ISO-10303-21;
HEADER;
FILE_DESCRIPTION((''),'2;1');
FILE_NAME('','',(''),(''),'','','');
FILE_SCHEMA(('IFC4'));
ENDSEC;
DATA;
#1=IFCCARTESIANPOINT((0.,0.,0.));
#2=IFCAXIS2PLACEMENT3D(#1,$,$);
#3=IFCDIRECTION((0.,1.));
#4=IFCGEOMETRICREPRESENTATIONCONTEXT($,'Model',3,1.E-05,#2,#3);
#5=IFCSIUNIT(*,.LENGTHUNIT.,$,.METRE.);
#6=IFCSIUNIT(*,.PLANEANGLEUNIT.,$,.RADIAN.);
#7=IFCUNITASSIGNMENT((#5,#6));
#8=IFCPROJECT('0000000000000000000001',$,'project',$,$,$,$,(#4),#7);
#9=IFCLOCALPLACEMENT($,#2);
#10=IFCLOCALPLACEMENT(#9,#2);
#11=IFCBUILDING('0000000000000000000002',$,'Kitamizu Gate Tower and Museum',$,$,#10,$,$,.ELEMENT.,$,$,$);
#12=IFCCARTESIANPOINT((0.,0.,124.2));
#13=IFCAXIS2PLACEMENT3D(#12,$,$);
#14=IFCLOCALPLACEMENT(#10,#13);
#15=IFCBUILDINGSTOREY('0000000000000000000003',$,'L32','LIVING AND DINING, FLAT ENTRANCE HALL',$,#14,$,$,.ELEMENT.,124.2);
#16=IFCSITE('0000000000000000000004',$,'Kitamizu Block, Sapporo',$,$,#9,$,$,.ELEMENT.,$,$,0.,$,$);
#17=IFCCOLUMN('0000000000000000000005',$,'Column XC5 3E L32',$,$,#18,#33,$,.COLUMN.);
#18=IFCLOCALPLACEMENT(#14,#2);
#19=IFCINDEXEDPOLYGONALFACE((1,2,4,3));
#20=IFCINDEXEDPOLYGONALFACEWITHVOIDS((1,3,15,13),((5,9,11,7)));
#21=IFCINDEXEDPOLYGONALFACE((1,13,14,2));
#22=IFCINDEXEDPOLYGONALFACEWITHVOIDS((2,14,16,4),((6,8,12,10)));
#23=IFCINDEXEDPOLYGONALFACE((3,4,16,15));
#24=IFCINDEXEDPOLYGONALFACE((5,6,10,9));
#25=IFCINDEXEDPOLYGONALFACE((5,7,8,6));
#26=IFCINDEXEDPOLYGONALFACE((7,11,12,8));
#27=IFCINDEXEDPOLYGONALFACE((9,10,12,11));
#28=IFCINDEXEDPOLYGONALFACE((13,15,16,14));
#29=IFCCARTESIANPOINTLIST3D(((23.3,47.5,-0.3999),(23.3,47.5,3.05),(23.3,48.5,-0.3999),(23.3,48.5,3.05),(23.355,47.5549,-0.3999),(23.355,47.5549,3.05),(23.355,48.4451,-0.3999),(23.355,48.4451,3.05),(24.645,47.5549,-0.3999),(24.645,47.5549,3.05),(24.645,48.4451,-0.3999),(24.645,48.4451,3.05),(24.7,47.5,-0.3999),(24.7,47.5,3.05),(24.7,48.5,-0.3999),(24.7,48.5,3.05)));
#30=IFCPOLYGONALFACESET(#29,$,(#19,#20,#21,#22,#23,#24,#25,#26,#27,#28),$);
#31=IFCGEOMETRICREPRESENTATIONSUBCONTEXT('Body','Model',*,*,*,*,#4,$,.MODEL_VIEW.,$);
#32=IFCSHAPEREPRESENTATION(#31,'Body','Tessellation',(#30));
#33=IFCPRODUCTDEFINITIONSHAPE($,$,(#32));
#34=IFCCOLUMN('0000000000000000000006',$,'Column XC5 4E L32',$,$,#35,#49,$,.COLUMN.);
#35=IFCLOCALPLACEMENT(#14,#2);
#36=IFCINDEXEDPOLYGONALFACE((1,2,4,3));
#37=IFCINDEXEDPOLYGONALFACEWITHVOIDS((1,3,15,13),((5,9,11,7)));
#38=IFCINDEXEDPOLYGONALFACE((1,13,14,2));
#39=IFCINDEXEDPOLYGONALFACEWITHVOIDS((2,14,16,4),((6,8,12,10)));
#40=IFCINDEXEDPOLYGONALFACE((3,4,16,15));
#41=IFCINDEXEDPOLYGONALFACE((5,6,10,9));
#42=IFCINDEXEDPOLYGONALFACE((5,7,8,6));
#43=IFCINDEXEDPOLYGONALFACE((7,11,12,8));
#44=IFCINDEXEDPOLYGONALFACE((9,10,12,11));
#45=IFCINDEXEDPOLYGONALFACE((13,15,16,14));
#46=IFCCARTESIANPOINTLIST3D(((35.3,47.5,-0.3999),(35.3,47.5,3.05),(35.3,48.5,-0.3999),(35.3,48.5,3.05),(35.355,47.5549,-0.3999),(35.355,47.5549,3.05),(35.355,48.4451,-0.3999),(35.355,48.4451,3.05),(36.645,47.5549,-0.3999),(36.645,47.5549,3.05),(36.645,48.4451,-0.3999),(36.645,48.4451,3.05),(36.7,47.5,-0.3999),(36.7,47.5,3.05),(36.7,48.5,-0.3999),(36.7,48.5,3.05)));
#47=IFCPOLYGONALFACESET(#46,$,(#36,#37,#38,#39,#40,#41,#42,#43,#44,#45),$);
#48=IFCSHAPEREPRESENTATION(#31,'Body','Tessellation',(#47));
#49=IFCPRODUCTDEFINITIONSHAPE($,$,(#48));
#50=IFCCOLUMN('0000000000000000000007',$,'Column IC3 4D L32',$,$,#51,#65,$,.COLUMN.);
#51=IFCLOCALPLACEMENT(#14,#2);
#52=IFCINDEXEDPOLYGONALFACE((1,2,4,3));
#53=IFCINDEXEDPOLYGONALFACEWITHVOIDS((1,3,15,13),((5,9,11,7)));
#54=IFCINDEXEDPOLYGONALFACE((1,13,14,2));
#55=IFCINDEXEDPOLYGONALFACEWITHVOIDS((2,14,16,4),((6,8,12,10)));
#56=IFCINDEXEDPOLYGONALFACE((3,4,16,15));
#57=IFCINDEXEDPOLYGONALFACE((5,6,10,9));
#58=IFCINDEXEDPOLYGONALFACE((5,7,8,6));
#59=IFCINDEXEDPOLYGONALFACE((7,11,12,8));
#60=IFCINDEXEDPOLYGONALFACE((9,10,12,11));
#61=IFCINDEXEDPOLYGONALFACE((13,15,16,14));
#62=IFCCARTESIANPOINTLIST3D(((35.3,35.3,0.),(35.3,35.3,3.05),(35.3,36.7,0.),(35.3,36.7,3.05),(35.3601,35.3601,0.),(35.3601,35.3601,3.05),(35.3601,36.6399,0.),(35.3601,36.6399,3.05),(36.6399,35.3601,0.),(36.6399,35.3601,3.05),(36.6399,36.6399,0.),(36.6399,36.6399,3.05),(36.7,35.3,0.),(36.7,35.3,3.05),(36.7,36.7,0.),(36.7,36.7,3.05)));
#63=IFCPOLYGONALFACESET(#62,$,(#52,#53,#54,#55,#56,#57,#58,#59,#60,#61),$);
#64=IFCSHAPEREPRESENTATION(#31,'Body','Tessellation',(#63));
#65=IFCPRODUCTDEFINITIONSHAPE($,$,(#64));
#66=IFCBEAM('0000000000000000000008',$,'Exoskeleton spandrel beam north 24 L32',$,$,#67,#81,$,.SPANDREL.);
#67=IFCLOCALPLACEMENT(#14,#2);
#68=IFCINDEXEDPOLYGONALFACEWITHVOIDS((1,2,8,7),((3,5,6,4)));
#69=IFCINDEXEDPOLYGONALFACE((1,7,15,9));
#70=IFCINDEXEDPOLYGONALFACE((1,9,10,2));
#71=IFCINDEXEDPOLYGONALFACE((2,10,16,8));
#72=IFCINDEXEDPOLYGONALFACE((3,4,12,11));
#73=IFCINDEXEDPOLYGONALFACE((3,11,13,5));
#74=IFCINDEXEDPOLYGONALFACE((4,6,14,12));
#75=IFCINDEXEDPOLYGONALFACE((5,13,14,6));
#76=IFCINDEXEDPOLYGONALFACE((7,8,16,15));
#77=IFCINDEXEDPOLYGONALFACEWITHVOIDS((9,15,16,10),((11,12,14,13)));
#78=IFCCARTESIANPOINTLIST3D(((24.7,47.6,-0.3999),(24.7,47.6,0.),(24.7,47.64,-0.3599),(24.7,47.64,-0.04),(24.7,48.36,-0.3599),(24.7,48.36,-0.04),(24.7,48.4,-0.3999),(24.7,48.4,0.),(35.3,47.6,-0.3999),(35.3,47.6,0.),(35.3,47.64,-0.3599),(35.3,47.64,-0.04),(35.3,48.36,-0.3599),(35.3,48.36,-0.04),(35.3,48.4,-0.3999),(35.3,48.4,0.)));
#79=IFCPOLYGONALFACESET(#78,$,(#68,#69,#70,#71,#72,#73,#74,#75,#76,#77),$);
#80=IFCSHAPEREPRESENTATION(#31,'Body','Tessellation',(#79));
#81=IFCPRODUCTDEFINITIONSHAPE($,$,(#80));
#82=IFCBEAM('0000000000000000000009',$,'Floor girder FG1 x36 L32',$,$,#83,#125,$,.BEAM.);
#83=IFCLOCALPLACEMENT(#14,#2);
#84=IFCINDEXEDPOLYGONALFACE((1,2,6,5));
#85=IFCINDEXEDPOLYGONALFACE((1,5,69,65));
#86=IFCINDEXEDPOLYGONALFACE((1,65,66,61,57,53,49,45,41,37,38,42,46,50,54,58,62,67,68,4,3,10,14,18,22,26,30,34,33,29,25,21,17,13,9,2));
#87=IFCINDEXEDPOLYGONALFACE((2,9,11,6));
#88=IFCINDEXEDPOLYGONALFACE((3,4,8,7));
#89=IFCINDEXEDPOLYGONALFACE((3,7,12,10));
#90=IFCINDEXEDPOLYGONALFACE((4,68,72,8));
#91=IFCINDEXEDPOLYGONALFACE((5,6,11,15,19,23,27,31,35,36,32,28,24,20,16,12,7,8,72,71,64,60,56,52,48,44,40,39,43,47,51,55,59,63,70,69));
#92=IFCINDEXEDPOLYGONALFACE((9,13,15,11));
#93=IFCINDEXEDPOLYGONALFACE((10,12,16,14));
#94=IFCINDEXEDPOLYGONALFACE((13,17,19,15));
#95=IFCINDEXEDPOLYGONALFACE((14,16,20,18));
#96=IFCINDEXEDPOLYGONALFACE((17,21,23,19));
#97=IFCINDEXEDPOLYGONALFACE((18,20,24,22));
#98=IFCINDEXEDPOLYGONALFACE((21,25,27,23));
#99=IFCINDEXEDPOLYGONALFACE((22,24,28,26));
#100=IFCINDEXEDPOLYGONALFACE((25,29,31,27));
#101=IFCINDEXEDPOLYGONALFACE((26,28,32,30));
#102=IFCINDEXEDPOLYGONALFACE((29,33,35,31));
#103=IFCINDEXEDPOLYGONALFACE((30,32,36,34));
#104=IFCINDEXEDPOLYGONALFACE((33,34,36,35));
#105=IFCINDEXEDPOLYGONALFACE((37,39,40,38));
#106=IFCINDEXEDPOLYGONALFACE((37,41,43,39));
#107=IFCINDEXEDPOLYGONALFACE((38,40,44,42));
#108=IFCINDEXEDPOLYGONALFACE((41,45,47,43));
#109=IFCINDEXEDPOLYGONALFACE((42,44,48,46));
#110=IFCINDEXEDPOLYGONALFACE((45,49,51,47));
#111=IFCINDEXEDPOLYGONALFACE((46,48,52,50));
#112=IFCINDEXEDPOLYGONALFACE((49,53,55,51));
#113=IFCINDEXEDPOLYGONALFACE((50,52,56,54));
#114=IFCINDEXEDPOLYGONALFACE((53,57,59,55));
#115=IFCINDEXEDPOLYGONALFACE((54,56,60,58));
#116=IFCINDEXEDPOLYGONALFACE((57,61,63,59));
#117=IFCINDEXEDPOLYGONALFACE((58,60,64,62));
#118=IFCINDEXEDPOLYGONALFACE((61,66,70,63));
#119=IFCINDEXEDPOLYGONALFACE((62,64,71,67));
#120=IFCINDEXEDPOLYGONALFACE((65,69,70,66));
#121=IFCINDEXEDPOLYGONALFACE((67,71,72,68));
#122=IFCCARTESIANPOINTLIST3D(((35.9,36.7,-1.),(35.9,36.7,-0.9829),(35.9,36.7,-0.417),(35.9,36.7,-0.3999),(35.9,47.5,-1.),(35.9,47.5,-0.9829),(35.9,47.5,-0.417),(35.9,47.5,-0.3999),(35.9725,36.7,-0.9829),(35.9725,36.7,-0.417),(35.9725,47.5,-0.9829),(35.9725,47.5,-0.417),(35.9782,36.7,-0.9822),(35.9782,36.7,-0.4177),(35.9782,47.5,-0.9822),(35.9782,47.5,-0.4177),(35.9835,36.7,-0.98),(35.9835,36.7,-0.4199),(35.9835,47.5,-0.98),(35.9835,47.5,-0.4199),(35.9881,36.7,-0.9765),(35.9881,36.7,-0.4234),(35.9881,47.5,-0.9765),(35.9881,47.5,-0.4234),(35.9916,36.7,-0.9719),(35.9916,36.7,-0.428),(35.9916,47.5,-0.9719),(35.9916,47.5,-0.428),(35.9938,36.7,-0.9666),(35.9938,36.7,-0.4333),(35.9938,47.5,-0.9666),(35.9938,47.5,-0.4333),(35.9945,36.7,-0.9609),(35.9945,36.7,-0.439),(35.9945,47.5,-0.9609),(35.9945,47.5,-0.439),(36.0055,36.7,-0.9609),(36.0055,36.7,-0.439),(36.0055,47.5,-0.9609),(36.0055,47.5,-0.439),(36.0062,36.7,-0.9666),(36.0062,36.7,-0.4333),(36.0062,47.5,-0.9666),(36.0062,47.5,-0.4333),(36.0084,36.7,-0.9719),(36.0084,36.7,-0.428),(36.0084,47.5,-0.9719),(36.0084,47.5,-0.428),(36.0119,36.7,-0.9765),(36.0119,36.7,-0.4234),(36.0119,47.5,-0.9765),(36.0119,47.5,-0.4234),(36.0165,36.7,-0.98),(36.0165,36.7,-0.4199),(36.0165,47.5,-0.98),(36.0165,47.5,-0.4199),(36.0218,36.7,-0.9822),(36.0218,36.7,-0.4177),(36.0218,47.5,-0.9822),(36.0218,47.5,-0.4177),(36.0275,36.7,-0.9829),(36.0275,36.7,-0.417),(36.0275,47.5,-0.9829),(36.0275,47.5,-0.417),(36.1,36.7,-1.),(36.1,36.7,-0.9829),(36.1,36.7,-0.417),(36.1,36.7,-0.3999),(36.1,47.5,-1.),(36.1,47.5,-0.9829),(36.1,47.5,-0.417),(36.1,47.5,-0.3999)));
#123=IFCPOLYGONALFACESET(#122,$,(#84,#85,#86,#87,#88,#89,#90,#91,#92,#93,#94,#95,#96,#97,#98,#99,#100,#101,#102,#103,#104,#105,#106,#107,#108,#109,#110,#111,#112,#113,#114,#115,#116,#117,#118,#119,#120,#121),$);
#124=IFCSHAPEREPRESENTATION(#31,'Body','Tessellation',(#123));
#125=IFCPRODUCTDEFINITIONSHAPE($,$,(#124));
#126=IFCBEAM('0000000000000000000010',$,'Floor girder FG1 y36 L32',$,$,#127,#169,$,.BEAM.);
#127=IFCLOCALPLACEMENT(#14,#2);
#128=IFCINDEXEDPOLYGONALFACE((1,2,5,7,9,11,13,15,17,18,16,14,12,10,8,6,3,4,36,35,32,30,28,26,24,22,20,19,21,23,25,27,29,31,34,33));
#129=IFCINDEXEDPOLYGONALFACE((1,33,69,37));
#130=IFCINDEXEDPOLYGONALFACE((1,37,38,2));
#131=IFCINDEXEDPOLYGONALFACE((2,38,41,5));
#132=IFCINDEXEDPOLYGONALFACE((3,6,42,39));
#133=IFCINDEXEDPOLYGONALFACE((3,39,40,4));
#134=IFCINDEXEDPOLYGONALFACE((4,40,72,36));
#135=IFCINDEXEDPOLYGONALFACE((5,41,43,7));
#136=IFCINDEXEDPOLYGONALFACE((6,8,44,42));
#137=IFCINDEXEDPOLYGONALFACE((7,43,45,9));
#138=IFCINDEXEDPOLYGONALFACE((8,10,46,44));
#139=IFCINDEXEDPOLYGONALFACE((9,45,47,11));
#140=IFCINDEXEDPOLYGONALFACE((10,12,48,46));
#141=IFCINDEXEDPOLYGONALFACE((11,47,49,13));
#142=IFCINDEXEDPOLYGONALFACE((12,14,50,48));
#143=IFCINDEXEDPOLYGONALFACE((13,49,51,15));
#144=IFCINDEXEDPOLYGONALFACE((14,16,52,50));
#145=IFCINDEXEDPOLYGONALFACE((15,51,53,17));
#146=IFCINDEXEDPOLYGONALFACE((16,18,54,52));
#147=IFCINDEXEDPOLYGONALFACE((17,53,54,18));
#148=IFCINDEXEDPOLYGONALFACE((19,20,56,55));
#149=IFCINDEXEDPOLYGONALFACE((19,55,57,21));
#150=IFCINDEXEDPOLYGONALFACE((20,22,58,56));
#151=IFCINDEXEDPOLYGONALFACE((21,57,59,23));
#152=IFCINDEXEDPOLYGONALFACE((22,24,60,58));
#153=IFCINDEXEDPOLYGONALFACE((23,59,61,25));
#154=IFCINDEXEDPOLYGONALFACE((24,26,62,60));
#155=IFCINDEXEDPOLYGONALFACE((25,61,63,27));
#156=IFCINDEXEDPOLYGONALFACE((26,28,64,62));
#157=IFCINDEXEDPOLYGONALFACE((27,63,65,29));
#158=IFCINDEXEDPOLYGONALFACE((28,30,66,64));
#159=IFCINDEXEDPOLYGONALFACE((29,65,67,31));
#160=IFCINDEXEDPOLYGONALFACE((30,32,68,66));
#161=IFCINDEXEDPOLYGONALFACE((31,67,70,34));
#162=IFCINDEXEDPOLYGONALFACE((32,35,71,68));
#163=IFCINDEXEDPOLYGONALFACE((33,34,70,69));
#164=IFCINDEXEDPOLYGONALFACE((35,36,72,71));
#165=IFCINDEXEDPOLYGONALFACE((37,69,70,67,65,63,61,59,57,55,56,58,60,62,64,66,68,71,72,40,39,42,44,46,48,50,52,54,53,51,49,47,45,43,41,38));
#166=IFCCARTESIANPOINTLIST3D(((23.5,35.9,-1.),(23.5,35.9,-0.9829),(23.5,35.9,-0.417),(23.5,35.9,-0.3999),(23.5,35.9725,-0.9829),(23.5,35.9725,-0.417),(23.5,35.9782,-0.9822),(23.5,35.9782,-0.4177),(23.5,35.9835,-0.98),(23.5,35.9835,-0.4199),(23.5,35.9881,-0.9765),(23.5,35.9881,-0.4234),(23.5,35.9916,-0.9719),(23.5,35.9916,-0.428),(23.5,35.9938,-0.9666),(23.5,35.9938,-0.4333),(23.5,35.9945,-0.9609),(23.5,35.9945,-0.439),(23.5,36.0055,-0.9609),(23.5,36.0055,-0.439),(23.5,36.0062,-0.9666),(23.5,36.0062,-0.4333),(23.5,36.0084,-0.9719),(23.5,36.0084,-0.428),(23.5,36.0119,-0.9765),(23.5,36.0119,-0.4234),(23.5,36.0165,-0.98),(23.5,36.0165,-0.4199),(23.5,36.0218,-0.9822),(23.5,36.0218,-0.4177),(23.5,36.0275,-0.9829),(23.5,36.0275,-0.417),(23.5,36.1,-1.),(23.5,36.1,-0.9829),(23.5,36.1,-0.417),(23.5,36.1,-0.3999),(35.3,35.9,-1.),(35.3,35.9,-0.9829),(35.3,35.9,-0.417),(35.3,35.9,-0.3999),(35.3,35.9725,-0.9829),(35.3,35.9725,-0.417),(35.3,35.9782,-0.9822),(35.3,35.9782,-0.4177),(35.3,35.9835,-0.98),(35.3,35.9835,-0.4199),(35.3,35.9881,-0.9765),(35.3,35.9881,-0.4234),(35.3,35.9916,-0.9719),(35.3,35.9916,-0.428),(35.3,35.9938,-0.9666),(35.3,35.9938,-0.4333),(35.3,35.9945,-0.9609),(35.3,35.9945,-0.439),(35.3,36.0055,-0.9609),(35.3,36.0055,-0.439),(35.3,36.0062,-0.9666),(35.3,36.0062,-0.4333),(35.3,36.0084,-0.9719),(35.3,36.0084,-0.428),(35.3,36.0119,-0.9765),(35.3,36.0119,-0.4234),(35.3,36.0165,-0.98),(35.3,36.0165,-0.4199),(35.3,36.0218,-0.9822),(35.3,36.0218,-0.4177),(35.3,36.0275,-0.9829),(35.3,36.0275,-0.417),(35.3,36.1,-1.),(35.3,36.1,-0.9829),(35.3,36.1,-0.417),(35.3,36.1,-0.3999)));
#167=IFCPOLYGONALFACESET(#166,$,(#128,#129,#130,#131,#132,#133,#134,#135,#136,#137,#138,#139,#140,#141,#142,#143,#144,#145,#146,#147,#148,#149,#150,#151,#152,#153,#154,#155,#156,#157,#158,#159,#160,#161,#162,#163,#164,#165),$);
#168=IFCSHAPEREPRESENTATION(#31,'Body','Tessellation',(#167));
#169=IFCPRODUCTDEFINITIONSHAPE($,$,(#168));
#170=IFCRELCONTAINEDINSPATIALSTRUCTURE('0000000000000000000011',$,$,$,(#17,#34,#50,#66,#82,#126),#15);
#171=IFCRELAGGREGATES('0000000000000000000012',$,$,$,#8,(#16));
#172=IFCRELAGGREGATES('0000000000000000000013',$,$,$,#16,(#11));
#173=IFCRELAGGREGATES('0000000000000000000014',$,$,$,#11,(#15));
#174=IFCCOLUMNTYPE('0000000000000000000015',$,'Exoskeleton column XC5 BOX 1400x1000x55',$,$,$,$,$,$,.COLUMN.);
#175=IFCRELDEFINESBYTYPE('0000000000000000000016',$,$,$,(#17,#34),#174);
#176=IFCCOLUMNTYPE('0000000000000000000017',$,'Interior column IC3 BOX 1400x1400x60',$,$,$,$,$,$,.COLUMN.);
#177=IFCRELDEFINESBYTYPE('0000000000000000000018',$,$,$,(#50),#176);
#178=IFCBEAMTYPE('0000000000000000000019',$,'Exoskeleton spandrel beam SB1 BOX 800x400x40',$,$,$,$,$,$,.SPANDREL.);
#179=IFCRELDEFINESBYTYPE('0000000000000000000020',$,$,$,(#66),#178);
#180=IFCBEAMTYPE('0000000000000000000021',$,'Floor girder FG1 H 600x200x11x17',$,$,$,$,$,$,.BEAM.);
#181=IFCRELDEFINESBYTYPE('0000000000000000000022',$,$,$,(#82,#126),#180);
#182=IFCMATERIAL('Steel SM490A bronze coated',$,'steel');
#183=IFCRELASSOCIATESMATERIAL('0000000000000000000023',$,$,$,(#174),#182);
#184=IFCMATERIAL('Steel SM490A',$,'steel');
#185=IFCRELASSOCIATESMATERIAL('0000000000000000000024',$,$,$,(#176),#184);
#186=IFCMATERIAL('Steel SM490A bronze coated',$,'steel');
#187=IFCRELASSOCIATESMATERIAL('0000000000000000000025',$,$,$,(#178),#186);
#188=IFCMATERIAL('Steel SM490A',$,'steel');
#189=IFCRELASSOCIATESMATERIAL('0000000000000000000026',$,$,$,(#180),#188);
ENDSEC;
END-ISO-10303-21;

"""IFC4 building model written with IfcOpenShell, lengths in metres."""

from ifc_helpers import new_model, si_unit, direction, frame, origin, origin_2d, place, context, subcontext, project, spatial, hollow_rectangle, i_section, extrude, material, material_profile, profile_set, type_object, element, save


model = new_model("IFC4")

# Units and contexts
model_context = context("Model", 3, precision=1e-05, world=origin(), true_north=direction((0.0, 1.0)))
body_context = subcontext(model_context, "Body", "Model", "MODEL_VIEW")
ifc_project = project(units=[si_unit("LENGTHUNIT", "METRE"), si_unit("PLANEANGLEUNIT", "RADIAN")], contexts=[model_context])

# Site, building, storey
site_placement = place(None, origin())
site = spatial("IfcSite", under=ifc_project, at=site_placement, Name="Kitamizu Block, Sapporo", CompositionType="ELEMENT", RefElevation=0.0)
building_placement = place(site_placement, origin())
building = spatial("IfcBuilding", under=site, at=building_placement, Name="Kitamizu Gate Tower and Museum", CompositionType="ELEMENT")
storey_placement = place(building_placement, frame((0.0, 0.0, 124.2)))
storey = spatial("IfcBuildingStorey", under=building, at=storey_placement, Name="L32", Description="LIVING AND DINING, FLAT ENTRANCE HALL", CompositionType="ELEMENT", Elevation=124.2)

# Columns
ifc_material_1 = material(Name="Steel SM490A bronze coated", Category="steel")
ifc_material_profile_1 = material_profile(ifc_material_1, hollow_rectangle(XDim=1.3999, YDim=1.0, WallThickness=0.0549, at=origin_2d()), Name="BOX 1400x1000x55")
ifc_profile_set_1 = profile_set([ifc_material_profile_1], Name="Steel SM490A bronze coated")
column_type_1 = type_object("IfcColumnType", Name="Exoskeleton column XC5 BOX 1400x1000x55", PredefinedType="COLUMN", material=ifc_profile_set_1)
for number, where, z_axis, x_axis, name in (
    (1, (24.0, 48.0, -0.3999), (0.0, 0.0, 1.0), (1.0, 0.0, 0.0), "Column XC5 3E L32"),
    (2, (36.0, 48.0, -0.3999), (0.0, 0.0, 1.0), (1.0, 0.0, 0.0), "Column XC5 4E L32"),
):
    element("IfcColumn", number, at=place(storey_placement, frame(where, z_axis=z_axis, x_axis=x_axis)), inside=storey, type_object=column_type_1, Name=name, PredefinedType="COLUMN", context=body_context, shape_type="SweptSolid", body=[
        extrude(hollow_rectangle(XDim=1.3999, YDim=1.0, WallThickness=0.0549, at=origin_2d()), origin(), (0.0, 0.0, 1.0), 3.45),
    ])
ifc_material_2 = material(Name="Steel SM490A", Category="steel")
ifc_material_profile_2 = material_profile(ifc_material_2, hollow_rectangle(XDim=1.3999, YDim=1.3999, WallThickness=0.0601, at=origin_2d()), Name="BOX 1400x1400x60")
ifc_profile_set_2 = profile_set([ifc_material_profile_2], Name="Steel SM490A")
column_type_2 = type_object("IfcColumnType", Name="Interior column IC3 BOX 1400x1400x60", PredefinedType="COLUMN", material=ifc_profile_set_2)
column_placement = place(storey_placement, frame((36.0, 36.0, 0.0), z_axis=(0.0, 0.0, 1.0), x_axis=(1.0, 0.0, 0.0)))
element("IfcColumn", 3, at=column_placement, inside=storey, type_object=column_type_2, Name="Column IC3 4D L32", PredefinedType="COLUMN", context=body_context, shape_type="SweptSolid", body=[
    extrude(hollow_rectangle(XDim=1.3999, YDim=1.3999, WallThickness=0.0601, at=origin_2d()), origin(), (0.0, 0.0, 1.0), 3.05),
])

# Beams
ifc_material_3 = material(Name="Steel SM490A bronze coated", Category="steel")
ifc_material_profile_3 = material_profile(ifc_material_3, hollow_rectangle(XDim=0.8, YDim=0.3999, WallThickness=0.04, at=origin_2d()), Name="BOX 800x400x40")
ifc_profile_set_3 = profile_set([ifc_material_profile_3], Name="Steel SM490A bronze coated")
beam_type_1 = type_object("IfcBeamType", Name="Exoskeleton spandrel beam SB1 BOX 800x400x40", PredefinedType="SPANDREL", material=ifc_profile_set_3)
beam_1_placement = place(storey_placement, frame((24.7, 48.0, -0.2), z_axis=(1.0, 0.0, 0.0), x_axis=(0.0, 1.0, 0.0)))
element("IfcBeam", 4, at=beam_1_placement, inside=storey, type_object=beam_type_1, Name="Exoskeleton spandrel beam north 24 L32", PredefinedType="SPANDREL", context=body_context, shape_type="SweptSolid", body=[
    extrude(hollow_rectangle(XDim=0.8, YDim=0.3999, WallThickness=0.04, at=origin_2d()), origin(), (0.0, 0.0, 1.0), 10.6001),
])
ifc_material_4 = material(Name="Steel SM490A", Category="steel")
ifc_material_profile_4 = material_profile(ifc_material_4, i_section(OverallWidth=0.2, OverallDepth=0.6001, WebThickness=0.011, FlangeThickness=0.0171, FilletRadius=0.022, at=origin_2d()), Name="H-600x200x11x17")
ifc_profile_set_4 = profile_set([ifc_material_profile_4], Name="Steel SM490A")
beam_type_2 = type_object("IfcBeamType", Name="Floor girder FG1 H 600x200x11x17", PredefinedType="BEAM", material=ifc_profile_set_4)
beam_2_placement = place(storey_placement, frame((36.0, 36.7, -0.7), z_axis=(0.0, 1.0, 0.0), x_axis=(-1.0, 0.0, 0.0)))
element("IfcBeam", 5, at=beam_2_placement, inside=storey, type_object=beam_type_2, Name="Floor girder FG1 x36 L32", PredefinedType="BEAM", context=body_context, shape_type="SweptSolid", body=[
    extrude(i_section(OverallWidth=0.2, OverallDepth=0.6001, WebThickness=0.011, FlangeThickness=0.0171, FilletRadius=0.022, at=origin_2d()), origin(), (0.0, 0.0, 1.0), 10.8),
])
beam_3_placement = place(storey_placement, frame((23.5, 36.0, -0.7), z_axis=(1.0, 0.0, 0.0), x_axis=(0.0, 1.0, 0.0)))
element("IfcBeam", 6, at=beam_3_placement, inside=storey, type_object=beam_type_2, Name="Floor girder FG1 y36 L32", PredefinedType="BEAM", context=body_context, shape_type="SweptSolid", body=[
    extrude(i_section(OverallWidth=0.2, OverallDepth=0.6001, WebThickness=0.011, FlangeThickness=0.0171, FilletRadius=0.022, at=origin_2d()), origin(), (0.0, 0.0, 1.0), 11.8),
])

save(model, "model.ifc")
